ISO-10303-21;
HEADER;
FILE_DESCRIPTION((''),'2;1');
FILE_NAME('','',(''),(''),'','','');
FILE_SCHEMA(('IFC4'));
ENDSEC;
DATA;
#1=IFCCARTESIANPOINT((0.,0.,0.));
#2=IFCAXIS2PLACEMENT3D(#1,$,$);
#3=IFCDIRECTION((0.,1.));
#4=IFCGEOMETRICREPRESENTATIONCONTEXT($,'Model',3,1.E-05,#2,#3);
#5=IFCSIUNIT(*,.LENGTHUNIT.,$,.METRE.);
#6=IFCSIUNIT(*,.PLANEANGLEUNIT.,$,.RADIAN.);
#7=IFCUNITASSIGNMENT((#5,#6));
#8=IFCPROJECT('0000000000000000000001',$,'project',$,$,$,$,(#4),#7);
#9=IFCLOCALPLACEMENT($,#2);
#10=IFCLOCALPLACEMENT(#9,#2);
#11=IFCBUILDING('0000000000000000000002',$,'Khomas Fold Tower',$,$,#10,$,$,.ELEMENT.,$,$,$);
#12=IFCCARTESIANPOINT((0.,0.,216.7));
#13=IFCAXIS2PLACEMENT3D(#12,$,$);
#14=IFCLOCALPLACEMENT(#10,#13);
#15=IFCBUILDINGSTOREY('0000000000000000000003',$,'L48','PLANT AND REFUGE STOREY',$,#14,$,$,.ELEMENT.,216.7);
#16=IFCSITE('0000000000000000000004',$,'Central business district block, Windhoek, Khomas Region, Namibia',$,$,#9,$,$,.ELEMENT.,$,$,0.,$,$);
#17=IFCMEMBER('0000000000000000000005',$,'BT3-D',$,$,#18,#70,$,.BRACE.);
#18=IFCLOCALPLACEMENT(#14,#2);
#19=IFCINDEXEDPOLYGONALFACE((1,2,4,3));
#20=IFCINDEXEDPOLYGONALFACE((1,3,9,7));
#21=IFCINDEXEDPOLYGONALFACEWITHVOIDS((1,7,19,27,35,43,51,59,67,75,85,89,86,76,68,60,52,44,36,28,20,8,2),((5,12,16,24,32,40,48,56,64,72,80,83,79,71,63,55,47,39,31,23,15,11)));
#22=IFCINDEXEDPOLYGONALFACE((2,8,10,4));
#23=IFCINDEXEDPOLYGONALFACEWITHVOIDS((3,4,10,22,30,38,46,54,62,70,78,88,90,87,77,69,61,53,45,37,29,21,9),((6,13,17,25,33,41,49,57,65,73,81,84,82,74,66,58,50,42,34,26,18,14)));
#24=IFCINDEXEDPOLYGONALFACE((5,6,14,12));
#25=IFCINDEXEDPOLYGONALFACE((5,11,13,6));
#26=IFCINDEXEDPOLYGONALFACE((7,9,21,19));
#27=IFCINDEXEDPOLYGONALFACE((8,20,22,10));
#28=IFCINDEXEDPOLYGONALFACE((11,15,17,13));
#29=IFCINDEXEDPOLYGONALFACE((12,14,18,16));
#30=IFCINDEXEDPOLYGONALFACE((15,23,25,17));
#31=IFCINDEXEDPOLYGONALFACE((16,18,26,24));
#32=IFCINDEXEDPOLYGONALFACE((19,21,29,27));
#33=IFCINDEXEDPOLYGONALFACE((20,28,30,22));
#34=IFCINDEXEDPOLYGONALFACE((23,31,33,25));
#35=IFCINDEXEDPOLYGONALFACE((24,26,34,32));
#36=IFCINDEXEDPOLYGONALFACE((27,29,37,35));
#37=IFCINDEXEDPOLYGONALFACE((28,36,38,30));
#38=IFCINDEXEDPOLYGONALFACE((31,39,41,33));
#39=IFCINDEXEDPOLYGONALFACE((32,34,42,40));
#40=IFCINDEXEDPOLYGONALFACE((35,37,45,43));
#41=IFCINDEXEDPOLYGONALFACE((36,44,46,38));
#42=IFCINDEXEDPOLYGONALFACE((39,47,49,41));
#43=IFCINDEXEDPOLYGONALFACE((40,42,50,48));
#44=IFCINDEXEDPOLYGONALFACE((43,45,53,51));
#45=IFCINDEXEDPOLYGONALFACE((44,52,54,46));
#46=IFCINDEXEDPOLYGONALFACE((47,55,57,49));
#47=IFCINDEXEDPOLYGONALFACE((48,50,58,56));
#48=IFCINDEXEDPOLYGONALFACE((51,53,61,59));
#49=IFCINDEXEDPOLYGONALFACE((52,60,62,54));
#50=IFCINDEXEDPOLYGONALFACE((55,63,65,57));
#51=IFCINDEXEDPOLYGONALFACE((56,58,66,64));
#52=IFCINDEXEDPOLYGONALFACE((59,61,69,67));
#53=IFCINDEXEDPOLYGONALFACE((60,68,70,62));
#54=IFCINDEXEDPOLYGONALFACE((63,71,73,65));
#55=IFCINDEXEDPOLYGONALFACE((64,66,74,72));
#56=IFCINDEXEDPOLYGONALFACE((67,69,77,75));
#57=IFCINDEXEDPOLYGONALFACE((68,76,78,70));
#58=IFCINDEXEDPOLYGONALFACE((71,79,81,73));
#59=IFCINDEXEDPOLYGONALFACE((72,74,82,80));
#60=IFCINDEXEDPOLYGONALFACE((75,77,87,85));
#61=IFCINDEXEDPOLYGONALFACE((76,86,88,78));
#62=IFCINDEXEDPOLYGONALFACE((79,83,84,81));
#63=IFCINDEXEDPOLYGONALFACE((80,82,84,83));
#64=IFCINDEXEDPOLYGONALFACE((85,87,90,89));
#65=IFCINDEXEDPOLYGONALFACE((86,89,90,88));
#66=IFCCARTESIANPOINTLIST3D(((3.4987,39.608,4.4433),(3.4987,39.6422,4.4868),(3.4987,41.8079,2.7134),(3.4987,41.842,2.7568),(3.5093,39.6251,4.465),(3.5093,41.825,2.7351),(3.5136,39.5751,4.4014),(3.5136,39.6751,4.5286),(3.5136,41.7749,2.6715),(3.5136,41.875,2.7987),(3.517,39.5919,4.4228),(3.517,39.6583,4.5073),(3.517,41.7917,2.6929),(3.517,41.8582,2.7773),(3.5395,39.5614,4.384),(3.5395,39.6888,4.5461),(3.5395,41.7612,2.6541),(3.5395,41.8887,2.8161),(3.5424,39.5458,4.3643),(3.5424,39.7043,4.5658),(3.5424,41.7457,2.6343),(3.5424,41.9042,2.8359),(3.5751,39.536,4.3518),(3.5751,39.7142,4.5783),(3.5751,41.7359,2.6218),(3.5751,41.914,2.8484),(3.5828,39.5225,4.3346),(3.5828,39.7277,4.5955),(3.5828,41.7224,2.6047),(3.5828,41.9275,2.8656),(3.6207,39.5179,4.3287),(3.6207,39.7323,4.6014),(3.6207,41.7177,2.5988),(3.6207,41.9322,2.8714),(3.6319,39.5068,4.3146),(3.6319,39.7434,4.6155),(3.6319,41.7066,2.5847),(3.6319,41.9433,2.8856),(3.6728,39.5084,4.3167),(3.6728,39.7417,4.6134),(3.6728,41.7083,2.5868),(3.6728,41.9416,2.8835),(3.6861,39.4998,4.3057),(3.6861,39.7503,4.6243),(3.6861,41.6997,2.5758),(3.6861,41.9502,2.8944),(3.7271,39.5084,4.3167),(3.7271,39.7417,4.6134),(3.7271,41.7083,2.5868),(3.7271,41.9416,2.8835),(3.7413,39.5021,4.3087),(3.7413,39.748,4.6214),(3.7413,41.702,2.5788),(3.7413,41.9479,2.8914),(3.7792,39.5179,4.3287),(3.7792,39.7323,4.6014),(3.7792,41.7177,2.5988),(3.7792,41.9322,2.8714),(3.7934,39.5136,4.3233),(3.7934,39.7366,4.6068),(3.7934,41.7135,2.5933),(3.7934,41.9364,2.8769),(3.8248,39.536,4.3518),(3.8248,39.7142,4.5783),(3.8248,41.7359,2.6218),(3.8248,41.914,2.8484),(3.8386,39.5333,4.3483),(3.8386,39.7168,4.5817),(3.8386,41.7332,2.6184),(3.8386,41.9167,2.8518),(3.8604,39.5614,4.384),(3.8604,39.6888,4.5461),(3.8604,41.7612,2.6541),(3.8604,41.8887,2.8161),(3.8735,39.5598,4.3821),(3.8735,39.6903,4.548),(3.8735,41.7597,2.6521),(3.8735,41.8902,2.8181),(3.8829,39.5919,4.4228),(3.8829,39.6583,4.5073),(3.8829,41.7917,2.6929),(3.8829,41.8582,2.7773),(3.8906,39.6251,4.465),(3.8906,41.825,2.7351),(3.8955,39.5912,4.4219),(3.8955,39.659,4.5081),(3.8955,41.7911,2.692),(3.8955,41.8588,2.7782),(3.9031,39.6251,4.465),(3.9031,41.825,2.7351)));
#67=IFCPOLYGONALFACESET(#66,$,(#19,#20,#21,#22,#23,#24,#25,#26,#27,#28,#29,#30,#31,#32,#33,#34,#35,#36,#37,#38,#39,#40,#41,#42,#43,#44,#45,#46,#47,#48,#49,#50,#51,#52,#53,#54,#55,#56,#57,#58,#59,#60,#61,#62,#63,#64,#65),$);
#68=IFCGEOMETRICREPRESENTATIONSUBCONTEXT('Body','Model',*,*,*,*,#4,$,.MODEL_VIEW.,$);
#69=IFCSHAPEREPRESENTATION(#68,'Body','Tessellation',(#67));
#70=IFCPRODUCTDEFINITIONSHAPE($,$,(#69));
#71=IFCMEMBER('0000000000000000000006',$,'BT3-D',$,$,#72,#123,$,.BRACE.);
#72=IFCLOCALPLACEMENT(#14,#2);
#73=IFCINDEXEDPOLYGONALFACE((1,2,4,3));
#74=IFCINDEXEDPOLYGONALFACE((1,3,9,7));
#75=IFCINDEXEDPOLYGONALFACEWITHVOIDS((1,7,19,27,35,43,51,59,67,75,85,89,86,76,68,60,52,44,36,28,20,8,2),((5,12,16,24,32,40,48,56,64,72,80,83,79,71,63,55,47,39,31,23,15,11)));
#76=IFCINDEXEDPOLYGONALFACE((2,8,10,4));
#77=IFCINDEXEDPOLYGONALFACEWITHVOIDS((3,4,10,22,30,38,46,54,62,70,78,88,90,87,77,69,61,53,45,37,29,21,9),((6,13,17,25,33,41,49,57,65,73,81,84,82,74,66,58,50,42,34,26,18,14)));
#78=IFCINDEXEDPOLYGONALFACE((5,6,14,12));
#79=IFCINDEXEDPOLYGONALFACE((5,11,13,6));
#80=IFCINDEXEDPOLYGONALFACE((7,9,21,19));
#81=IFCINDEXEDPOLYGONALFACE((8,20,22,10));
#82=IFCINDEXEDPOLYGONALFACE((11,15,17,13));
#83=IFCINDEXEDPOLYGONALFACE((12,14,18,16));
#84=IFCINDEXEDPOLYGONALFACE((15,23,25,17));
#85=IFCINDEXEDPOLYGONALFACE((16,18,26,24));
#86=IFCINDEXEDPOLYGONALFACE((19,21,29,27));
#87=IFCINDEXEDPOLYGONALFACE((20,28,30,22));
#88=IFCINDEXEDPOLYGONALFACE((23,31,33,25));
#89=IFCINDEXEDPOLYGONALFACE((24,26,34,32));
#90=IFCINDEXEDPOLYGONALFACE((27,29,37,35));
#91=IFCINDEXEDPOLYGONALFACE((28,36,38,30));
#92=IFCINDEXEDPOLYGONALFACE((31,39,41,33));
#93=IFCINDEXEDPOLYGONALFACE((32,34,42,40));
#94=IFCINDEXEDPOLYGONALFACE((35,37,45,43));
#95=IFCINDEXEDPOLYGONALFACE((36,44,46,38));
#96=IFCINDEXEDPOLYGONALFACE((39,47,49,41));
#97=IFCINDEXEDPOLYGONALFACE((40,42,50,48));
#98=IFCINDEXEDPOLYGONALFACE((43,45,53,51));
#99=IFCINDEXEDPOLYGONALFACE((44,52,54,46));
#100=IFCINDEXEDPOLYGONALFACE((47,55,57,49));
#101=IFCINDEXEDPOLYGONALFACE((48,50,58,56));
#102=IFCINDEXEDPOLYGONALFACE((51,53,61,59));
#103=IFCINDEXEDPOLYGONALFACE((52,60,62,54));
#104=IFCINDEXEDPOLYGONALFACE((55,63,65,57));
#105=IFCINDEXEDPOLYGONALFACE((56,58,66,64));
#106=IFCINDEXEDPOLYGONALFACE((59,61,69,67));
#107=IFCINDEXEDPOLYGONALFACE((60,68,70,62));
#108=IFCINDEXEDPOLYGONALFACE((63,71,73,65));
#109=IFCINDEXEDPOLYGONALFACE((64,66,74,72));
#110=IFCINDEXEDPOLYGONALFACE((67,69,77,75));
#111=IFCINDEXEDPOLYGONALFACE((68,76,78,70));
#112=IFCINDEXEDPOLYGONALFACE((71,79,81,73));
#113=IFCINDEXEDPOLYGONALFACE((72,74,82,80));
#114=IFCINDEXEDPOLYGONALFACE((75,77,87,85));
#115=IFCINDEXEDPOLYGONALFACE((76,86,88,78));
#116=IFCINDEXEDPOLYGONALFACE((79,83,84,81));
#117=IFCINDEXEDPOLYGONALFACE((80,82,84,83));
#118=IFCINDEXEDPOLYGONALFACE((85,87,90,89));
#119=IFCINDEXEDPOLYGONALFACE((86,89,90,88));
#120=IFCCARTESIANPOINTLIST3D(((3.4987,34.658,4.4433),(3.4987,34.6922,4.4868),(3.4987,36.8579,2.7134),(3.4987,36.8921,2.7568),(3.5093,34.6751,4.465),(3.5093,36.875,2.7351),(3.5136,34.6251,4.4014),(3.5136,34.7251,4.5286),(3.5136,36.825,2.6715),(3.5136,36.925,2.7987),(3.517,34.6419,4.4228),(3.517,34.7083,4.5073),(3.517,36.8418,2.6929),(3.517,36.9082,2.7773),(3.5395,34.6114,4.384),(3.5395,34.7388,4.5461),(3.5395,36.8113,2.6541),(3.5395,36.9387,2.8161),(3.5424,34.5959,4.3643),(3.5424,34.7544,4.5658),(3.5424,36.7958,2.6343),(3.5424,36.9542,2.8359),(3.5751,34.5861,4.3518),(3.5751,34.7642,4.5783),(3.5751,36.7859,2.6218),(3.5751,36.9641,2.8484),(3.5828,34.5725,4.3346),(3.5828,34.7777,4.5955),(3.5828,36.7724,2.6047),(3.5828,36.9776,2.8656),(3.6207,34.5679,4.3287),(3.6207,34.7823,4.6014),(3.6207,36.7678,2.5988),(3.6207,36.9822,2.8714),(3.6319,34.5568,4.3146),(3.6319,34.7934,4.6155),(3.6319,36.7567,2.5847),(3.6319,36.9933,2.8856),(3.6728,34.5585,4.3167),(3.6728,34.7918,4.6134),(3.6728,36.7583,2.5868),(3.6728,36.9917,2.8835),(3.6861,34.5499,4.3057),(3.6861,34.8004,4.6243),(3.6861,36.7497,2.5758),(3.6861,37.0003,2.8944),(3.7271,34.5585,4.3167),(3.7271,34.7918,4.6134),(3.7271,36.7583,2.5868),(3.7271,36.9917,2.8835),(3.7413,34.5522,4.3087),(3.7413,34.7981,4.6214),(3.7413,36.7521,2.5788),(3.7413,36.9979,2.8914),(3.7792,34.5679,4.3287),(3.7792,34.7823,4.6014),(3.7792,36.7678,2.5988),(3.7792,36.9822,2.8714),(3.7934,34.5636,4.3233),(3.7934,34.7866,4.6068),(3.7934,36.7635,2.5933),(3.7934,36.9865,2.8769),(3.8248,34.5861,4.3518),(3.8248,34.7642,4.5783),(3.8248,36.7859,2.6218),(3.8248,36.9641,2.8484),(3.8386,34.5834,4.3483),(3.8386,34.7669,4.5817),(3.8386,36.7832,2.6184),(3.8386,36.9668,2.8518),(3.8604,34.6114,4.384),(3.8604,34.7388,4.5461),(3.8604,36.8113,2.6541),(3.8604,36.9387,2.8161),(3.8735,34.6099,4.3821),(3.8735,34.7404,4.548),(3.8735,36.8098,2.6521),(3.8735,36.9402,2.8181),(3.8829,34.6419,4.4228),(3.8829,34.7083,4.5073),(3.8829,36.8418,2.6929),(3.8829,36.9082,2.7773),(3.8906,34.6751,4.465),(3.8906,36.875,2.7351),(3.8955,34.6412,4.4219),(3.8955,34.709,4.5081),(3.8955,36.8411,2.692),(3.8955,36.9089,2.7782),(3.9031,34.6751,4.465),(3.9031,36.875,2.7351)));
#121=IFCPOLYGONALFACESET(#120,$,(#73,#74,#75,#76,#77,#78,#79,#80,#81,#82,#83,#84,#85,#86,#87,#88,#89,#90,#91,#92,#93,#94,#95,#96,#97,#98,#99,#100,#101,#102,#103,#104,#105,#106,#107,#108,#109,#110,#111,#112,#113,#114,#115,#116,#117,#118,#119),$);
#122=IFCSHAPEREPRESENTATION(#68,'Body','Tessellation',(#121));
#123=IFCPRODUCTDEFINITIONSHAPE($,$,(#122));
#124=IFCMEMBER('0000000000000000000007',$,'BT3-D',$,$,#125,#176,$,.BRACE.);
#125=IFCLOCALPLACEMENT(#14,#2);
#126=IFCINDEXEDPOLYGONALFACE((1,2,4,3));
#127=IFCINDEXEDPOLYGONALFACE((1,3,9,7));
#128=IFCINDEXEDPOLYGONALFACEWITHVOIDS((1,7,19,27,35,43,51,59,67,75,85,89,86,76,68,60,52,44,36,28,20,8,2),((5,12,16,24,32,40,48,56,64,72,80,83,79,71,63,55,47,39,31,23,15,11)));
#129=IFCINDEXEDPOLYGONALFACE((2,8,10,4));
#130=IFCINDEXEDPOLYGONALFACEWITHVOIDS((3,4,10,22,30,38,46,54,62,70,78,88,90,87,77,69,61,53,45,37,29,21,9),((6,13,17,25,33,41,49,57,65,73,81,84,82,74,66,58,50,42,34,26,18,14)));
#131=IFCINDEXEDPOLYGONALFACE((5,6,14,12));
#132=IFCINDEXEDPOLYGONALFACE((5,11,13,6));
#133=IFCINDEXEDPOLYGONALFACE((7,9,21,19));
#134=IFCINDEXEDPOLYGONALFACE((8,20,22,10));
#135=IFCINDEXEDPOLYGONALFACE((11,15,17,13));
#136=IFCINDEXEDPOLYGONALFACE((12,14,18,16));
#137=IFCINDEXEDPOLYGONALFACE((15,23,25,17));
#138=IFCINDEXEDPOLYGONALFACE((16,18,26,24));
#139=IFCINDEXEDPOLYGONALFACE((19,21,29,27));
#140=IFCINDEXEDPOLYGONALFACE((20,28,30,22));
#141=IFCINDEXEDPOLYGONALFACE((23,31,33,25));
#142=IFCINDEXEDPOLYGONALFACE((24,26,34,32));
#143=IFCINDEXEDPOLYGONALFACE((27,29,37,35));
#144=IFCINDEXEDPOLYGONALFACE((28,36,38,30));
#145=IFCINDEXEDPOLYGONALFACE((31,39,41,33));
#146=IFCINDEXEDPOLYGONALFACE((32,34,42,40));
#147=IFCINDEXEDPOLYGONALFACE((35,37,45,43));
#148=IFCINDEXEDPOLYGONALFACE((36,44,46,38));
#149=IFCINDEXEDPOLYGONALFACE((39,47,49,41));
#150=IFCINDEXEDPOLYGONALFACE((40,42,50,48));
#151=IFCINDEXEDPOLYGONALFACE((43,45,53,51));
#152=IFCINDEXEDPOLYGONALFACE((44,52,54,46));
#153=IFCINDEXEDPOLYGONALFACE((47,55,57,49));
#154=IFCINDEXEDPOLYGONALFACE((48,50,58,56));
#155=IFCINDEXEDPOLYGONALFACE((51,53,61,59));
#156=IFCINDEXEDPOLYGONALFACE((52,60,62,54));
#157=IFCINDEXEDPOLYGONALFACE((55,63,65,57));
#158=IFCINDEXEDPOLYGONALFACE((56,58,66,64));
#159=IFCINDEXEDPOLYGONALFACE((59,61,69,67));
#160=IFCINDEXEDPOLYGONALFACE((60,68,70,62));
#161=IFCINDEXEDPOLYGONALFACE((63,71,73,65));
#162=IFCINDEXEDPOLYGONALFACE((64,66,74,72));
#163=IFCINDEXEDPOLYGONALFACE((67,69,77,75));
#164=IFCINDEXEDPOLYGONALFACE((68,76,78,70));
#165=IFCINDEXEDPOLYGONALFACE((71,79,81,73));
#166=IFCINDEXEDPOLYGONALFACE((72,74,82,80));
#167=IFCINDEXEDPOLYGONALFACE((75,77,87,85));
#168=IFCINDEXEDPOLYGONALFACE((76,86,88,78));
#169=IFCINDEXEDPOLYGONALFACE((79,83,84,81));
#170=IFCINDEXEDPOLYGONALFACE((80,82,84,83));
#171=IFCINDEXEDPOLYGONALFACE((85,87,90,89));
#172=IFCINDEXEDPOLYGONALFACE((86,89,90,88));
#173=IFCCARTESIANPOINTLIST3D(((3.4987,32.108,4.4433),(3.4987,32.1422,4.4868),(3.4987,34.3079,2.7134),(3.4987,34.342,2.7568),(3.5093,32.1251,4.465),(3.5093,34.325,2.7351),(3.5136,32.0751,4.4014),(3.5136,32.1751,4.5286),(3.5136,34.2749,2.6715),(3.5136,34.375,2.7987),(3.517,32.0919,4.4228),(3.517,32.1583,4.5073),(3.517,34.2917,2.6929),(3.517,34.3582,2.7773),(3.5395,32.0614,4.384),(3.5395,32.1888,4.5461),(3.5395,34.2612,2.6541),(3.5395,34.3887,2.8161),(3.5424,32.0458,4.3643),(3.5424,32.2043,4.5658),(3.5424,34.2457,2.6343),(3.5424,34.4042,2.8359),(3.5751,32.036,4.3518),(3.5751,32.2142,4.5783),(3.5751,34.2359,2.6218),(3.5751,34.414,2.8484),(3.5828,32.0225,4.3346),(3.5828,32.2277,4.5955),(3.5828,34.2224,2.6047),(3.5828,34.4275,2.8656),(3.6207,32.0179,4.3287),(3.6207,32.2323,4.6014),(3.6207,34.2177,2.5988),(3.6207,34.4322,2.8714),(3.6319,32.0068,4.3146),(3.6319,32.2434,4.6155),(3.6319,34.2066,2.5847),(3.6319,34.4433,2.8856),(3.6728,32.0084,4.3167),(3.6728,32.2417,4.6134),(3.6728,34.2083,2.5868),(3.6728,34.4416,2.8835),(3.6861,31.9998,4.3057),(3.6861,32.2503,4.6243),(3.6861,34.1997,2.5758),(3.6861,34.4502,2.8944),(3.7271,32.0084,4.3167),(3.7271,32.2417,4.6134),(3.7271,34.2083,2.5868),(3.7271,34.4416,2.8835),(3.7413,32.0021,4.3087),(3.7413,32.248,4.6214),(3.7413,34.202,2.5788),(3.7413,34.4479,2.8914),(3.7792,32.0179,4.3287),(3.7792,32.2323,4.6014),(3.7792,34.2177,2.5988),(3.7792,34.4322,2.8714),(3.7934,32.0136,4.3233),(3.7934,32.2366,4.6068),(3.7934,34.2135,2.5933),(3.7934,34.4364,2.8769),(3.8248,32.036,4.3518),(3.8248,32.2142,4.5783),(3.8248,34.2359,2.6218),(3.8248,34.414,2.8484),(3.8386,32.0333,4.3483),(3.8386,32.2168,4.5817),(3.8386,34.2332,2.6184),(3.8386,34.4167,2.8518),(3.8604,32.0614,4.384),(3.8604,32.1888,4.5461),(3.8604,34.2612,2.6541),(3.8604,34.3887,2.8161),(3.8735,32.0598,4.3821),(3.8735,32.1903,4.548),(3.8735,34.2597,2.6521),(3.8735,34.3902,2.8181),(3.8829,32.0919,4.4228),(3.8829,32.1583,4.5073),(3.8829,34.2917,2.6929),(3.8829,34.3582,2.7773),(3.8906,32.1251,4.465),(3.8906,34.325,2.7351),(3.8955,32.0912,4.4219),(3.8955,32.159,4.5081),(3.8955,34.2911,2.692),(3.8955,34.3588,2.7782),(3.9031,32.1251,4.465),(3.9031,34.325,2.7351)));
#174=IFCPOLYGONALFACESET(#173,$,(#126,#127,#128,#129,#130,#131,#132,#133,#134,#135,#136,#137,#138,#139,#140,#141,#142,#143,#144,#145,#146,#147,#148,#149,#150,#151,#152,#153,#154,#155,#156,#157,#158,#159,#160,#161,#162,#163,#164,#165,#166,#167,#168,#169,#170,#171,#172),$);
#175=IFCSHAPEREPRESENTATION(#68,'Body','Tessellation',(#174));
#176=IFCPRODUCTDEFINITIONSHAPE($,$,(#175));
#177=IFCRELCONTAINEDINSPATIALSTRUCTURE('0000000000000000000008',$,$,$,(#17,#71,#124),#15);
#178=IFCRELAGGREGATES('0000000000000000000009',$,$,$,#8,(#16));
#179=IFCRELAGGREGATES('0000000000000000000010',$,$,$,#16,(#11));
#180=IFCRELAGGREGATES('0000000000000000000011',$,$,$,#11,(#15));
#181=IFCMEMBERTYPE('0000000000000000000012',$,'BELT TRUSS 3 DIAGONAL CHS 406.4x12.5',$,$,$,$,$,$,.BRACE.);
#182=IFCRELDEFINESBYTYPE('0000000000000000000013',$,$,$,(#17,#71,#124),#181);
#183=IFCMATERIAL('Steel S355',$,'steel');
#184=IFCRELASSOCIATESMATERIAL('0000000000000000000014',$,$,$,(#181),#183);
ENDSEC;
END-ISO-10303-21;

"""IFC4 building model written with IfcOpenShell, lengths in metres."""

from ifc_helpers import new_model, si_unit, direction, frame, origin, origin_2d, place, context, subcontext, project, spatial, hollow_circle, extrude, source, transform, mapped, material, material_profile, profile_set, type_object, element, save


model = new_model("IFC4")

# Units and contexts
model_context = context("Model", 3, precision=1e-05, world=origin(), true_north=direction((0.0, 1.0)))
body_context = subcontext(model_context, "Body", "Model", "MODEL_VIEW")
ifc_project = project(units=[si_unit("LENGTHUNIT", "METRE"), si_unit("PLANEANGLEUNIT", "RADIAN")], contexts=[model_context])

# Site, building, storey
site_placement = place(None, origin())
site = spatial("IfcSite", under=ifc_project, at=site_placement, Name="Central business district block, Windhoek, Khomas Region, Namibia", CompositionType="ELEMENT", RefElevation=0.0)
building_placement = place(site_placement, origin())
building = spatial("IfcBuilding", under=site, at=building_placement, Name="Khomas Fold Tower", CompositionType="ELEMENT")
storey_placement = place(building_placement, frame((0.0, 0.0, 216.7)))
storey = spatial("IfcBuildingStorey", under=building, at=storey_placement, Name="L48", Description="PLANT AND REFUGE STOREY", CompositionType="ELEMENT", Elevation=216.7)

# Members
ifc_material_1 = material(Name="Steel S355", Category="steel")
ifc_material_profile_1 = material_profile(ifc_material_1, hollow_circle(Radius=0.2031, WallThickness=0.0125, at=origin_2d()), Name="CHS 406.4x12.5")
ifc_profile_set_1 = profile_set([ifc_material_profile_1], Name="Steel S355")
member_type_1 = type_object("IfcMemberType", Name="BELT TRUSS 3 DIAGONAL CHS 406.4x12.5", PredefinedType="BRACE", material=ifc_profile_set_1)
shared_shape_1 = source(origin(), body_context, "Body", "SweptSolid", [
    extrude(hollow_circle(Radius=0.2031, WallThickness=0.0125, at=origin_2d()), origin(), (0.0, 0.0, 1.0), 2.7986),
])
for number, where, z_axis, x_axis, name in (
    (1, (3.7, 41.825, 2.7351), (0.0, -0.786067, 0.618141), (1.0, 0.0, 0.0), "BT3-D"),
    (2, (3.7, 36.875, 2.7351), (0.0, -0.786067, 0.618141), (1.0, 0.0, 0.0), "BT3-D"),
    (3, (3.7, 34.325, 2.7351), (0.0, -0.786067, 0.618141), (1.0, 0.0, 0.0), "BT3-D"),
):
    element("IfcMember", number, at=place(storey_placement, frame(where, z_axis=z_axis, x_axis=x_axis)), inside=storey, type_object=member_type_1, Name=name, PredefinedType="BRACE", context=body_context, shape_type="MappedRepresentation", body=[
        mapped(shared_shape_1, transform((0.0, 0.0, 0.0))),
    ])

save(model, "model.ifc")
